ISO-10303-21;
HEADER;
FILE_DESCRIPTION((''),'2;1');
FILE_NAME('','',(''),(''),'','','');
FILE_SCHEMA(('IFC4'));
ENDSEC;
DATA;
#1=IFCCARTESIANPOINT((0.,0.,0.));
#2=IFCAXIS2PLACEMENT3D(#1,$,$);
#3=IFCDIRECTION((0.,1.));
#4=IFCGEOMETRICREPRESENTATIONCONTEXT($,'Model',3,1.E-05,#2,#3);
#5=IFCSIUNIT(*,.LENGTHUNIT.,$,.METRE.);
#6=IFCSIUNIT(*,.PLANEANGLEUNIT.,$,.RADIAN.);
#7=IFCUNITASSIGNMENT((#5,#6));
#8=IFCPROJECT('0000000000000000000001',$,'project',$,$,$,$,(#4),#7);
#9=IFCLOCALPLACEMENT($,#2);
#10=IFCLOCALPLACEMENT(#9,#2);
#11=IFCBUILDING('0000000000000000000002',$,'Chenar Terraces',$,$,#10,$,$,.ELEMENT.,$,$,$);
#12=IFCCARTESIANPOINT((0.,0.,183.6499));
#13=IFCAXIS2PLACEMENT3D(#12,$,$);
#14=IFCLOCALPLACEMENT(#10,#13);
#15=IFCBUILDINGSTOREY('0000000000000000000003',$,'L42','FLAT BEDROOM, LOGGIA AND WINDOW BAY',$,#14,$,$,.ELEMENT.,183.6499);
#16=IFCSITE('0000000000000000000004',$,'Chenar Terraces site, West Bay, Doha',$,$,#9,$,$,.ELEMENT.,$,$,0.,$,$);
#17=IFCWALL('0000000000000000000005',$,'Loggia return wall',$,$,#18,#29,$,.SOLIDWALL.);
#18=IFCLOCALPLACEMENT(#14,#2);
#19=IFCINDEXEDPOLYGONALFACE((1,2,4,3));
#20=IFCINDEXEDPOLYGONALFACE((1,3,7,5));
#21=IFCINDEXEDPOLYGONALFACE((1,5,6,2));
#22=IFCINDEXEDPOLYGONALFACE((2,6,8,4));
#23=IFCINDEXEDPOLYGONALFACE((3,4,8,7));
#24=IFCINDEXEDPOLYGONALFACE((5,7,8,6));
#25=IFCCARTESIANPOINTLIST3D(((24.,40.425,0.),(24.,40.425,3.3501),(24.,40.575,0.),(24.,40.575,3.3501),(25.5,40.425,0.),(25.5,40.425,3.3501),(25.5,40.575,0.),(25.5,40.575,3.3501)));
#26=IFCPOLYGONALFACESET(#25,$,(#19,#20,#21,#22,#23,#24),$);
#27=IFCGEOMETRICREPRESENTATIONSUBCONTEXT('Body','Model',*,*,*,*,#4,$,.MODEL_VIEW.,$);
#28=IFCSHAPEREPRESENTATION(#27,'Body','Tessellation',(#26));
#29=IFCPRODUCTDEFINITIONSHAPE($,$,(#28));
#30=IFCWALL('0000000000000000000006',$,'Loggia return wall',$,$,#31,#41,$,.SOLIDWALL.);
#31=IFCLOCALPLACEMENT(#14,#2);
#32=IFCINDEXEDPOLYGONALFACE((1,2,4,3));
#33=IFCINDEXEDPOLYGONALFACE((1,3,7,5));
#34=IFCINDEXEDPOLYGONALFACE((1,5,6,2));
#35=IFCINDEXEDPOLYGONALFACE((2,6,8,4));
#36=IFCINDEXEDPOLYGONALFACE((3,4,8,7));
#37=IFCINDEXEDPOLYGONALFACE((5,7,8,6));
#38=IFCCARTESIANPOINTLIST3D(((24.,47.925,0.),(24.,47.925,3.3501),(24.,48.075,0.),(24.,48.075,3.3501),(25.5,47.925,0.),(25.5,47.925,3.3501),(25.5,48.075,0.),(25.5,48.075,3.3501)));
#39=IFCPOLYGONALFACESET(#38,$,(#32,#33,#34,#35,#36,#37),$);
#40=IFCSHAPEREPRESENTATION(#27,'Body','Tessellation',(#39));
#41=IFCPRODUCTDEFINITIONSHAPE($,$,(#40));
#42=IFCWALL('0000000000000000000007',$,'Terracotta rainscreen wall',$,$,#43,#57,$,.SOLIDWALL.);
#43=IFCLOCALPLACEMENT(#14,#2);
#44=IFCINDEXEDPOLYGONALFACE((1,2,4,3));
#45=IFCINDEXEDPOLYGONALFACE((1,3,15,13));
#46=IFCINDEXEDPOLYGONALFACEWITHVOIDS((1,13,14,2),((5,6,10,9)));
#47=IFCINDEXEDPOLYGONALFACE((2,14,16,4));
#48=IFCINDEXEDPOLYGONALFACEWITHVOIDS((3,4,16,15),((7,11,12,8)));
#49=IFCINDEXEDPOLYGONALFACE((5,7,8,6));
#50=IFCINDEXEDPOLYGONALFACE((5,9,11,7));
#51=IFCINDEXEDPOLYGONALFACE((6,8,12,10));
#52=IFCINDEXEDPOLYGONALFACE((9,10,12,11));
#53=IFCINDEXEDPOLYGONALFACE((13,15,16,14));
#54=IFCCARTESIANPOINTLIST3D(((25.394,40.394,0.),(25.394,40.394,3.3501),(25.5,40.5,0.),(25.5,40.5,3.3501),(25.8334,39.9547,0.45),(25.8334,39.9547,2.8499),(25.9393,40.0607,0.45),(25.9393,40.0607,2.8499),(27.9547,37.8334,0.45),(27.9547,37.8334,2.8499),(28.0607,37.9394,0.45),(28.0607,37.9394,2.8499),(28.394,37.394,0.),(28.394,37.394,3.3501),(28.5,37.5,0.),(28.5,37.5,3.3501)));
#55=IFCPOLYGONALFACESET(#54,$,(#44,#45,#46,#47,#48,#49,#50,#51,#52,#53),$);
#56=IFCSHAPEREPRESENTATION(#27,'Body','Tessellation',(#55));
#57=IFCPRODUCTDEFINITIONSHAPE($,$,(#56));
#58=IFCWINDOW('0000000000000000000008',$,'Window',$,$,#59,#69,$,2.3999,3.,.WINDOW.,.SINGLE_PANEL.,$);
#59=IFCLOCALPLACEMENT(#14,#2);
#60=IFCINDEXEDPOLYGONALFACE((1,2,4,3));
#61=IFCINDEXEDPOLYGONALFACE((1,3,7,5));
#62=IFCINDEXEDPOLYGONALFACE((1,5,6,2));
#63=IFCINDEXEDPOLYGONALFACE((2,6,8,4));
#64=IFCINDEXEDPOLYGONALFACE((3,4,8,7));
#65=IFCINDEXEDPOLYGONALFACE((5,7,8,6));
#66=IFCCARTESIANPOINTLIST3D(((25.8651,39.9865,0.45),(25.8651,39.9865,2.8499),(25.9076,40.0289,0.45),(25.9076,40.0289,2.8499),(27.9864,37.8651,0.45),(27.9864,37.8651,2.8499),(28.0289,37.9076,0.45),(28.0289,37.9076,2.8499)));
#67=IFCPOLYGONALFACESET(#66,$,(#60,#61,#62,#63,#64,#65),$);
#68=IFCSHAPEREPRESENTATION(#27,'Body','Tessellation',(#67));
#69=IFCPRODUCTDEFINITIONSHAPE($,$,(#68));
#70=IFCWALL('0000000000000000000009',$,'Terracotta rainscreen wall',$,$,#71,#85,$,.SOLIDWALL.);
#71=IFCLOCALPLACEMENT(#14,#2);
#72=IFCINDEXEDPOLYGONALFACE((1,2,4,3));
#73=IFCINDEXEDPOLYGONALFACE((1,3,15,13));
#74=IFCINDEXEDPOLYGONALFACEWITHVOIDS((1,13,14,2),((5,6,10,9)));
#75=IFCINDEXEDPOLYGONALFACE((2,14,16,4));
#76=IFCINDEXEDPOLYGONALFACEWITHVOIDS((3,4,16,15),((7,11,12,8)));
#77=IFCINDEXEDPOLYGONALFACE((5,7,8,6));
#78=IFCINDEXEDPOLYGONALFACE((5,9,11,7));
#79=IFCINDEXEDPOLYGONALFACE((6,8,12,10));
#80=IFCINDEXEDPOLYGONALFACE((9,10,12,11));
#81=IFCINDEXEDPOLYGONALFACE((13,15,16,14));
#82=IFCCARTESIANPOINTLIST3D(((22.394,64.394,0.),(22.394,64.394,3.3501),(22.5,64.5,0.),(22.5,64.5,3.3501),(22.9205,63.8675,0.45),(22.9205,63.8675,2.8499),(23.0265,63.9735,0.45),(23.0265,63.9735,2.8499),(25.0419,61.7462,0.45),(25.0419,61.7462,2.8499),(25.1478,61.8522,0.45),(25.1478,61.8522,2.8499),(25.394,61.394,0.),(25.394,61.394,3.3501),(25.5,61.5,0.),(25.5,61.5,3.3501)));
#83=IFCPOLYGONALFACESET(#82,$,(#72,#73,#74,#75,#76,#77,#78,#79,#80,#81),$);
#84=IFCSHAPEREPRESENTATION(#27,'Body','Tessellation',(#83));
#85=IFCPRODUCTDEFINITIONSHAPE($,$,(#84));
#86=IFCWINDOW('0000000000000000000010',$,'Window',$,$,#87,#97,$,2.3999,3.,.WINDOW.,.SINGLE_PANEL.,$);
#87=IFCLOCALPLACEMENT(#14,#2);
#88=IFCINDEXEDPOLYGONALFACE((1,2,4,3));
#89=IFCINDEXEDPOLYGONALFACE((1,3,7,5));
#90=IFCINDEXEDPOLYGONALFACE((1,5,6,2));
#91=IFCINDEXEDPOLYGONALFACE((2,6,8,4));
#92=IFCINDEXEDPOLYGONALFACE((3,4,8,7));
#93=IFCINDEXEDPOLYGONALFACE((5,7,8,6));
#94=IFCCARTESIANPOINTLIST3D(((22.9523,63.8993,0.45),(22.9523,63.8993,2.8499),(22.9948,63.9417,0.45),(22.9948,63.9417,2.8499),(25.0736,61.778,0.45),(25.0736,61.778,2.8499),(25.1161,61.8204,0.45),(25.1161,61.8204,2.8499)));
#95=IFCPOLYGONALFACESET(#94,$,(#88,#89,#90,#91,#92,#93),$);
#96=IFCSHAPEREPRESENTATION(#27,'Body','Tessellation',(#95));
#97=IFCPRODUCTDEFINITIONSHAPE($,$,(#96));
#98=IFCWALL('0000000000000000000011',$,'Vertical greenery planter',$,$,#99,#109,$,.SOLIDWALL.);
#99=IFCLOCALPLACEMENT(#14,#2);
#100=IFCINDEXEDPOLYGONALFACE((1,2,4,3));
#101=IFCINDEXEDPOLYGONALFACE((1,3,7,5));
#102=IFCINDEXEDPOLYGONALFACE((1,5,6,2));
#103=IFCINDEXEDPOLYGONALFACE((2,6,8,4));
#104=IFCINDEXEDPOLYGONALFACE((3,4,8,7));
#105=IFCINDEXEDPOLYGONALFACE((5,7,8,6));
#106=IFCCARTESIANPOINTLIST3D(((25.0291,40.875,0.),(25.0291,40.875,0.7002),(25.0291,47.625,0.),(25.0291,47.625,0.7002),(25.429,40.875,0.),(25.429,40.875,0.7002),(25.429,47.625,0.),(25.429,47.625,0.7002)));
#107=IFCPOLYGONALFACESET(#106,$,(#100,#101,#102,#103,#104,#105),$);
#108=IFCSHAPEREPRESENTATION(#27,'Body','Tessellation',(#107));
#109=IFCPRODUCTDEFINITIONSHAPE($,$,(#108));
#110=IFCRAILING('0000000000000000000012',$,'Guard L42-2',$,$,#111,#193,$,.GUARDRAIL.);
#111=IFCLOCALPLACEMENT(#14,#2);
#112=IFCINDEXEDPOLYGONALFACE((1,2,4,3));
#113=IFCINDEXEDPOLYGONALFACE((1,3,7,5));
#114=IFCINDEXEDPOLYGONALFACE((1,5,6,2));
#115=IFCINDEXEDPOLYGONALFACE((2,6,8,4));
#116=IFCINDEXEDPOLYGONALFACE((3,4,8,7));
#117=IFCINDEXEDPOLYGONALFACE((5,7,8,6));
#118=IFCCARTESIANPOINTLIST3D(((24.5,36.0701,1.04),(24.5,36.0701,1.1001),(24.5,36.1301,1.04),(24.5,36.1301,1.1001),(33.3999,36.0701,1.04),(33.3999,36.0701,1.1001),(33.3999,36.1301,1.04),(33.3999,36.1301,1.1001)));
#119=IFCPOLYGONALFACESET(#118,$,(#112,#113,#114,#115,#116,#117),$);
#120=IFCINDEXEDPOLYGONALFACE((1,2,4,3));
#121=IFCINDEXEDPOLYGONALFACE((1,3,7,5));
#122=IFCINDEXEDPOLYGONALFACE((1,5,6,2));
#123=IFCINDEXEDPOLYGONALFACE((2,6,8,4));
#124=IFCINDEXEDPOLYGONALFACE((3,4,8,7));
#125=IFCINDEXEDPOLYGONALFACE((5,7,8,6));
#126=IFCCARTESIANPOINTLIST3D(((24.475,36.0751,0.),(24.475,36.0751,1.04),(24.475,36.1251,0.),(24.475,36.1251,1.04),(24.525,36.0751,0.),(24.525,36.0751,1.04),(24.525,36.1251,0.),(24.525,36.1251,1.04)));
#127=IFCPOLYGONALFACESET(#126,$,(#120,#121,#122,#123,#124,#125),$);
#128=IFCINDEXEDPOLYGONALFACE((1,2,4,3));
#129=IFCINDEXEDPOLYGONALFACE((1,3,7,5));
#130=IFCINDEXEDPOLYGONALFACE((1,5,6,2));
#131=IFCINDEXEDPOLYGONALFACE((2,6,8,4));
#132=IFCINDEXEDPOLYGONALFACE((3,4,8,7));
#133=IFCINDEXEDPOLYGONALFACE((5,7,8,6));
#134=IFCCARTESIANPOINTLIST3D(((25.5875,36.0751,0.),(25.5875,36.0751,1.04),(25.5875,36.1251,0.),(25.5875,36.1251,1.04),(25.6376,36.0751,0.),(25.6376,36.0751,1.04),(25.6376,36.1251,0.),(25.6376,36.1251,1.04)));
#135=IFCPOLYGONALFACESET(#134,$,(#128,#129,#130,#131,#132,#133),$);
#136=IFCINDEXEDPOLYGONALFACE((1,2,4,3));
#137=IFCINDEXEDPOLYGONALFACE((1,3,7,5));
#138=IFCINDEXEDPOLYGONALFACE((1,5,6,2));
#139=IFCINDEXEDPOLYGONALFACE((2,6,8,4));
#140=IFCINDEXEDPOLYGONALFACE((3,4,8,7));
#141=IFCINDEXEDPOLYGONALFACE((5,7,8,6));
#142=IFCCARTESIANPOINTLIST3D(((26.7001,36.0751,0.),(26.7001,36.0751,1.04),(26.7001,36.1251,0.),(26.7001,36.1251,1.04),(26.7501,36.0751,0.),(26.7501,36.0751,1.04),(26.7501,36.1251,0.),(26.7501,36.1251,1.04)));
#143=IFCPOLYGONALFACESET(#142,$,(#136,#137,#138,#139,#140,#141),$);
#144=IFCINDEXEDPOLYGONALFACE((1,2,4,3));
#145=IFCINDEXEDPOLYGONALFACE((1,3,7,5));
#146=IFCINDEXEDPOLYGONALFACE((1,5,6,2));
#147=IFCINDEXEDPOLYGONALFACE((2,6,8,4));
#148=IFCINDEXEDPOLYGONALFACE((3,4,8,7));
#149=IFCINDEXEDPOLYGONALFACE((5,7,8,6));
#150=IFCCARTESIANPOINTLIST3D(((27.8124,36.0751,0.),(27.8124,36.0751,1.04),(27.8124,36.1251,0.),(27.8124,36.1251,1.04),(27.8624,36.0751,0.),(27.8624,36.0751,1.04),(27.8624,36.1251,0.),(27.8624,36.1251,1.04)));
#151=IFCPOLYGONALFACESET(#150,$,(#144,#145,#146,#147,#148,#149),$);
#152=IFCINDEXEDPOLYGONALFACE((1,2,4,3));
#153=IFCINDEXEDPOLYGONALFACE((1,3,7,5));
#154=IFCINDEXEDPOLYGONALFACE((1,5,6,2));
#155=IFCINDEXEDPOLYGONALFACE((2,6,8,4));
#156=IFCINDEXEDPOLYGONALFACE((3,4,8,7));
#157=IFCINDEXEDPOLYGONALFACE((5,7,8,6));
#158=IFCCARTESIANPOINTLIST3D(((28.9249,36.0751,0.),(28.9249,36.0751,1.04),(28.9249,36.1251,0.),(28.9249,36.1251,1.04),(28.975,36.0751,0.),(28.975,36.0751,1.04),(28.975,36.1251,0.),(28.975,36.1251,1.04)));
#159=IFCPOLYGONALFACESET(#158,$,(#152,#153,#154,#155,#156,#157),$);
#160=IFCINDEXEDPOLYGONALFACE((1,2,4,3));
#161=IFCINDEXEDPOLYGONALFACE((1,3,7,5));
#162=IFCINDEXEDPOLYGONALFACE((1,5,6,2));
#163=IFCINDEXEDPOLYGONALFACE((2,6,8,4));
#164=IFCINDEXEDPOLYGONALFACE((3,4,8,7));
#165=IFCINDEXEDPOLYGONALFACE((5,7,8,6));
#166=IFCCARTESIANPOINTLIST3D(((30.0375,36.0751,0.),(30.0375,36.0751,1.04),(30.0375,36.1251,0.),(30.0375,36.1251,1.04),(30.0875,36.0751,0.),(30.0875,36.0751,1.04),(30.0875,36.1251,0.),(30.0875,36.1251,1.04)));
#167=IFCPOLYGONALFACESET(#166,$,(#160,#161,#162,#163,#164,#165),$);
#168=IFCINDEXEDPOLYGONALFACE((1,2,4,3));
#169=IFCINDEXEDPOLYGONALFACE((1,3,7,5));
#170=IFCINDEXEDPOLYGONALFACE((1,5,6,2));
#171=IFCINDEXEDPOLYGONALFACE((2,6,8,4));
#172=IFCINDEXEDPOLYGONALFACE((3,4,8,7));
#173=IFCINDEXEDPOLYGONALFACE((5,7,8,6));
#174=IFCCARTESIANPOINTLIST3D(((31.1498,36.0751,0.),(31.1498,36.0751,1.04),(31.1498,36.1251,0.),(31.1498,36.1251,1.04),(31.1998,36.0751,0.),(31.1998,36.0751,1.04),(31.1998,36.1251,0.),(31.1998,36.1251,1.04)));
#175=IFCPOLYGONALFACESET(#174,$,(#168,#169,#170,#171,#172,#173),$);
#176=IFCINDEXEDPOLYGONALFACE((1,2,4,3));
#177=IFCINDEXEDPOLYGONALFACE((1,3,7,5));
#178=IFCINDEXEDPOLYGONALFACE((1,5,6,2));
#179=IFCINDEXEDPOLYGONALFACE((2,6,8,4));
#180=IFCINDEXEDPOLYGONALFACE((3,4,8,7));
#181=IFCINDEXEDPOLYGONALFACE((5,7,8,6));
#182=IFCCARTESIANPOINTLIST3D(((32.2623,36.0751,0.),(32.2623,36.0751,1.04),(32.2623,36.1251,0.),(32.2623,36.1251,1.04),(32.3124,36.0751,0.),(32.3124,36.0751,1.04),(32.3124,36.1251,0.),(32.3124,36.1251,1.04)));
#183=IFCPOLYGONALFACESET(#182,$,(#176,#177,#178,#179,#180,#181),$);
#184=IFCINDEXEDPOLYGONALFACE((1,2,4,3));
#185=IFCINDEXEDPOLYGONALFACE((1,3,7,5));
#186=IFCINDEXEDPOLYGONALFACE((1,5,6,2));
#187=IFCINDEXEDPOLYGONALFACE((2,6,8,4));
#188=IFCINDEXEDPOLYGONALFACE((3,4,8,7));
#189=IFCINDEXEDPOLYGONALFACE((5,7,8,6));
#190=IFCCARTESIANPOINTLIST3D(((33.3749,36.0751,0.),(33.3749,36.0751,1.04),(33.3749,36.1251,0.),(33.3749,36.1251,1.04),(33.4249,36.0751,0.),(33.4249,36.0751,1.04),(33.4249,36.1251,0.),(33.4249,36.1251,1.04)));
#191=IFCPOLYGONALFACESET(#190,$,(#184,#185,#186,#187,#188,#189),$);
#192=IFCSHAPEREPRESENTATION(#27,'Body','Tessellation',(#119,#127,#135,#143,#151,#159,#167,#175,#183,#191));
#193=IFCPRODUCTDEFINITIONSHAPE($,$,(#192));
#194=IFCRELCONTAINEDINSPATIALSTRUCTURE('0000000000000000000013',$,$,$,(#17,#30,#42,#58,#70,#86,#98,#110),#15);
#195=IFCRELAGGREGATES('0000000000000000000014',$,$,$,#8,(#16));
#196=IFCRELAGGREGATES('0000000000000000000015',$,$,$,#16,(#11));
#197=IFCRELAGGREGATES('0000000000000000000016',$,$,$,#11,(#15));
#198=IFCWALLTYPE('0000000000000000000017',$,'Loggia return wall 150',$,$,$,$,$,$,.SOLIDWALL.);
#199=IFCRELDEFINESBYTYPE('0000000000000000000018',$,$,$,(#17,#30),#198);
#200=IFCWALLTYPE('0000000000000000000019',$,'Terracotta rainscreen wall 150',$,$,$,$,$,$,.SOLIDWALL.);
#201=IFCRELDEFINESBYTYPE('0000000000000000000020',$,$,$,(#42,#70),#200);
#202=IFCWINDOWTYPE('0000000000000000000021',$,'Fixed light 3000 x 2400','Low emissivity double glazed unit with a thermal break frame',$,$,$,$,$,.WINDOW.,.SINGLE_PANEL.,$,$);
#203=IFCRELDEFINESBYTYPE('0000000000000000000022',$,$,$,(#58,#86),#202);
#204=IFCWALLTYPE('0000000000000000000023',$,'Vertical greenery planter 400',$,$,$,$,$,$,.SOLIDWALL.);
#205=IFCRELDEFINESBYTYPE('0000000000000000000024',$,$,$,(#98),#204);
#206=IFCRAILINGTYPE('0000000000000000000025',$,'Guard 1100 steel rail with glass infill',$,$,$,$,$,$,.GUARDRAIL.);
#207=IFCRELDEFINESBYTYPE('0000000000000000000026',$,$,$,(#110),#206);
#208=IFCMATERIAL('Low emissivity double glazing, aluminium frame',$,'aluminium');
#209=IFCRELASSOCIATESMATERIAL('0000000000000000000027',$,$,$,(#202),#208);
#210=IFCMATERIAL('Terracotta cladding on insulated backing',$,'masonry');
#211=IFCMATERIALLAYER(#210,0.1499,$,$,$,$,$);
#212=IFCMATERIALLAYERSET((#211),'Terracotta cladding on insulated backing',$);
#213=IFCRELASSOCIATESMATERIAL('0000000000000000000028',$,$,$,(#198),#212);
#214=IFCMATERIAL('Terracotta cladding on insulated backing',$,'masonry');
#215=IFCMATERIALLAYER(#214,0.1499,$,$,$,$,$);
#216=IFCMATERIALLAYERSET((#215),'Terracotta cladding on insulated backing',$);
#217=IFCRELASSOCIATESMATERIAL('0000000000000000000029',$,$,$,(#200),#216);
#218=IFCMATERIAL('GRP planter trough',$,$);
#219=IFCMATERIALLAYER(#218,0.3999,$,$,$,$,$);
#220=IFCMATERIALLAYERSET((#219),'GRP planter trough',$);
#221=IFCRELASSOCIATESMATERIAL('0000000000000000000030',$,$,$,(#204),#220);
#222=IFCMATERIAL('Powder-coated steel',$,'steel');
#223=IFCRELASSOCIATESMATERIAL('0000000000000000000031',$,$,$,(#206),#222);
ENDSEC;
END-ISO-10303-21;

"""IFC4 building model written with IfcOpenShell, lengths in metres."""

from ifc_helpers import new_model, si_unit, direction, frame, frame_2d, origin, origin_2d, place, context, subcontext, project, spatial, rectangle, extrude, material, layer, layer_set, type_object, element, fill, save


model = new_model("IFC4")

# Units and contexts
model_context = context("Model", 3, precision=1e-05, world=origin(), true_north=direction((0.0, 1.0)))
body_context = subcontext(model_context, "Body", "Model", "MODEL_VIEW")
ifc_project = project(units=[si_unit("LENGTHUNIT", "METRE"), si_unit("PLANEANGLEUNIT", "RADIAN")], contexts=[model_context])

# Site, building, storey
site_placement = place(None, origin())
site = spatial("IfcSite", under=ifc_project, at=site_placement, Name="Chenar Terraces site, West Bay, Doha", CompositionType="ELEMENT", RefElevation=0.0)
building_placement = place(site_placement, origin())
building = spatial("IfcBuilding", under=site, at=building_placement, Name="Chenar Terraces", CompositionType="ELEMENT")
storey_placement = place(building_placement, frame((0.0, 0.0, 183.6499)))
storey = spatial("IfcBuildingStorey", under=building, at=storey_placement, Name="L42", Description="FLAT BEDROOM, LOGGIA AND WINDOW BAY", CompositionType="ELEMENT", Elevation=183.6499)

# Shared definitions
ifc_material_1 = material(Name="Low emissivity double glazing, aluminium frame", Category="aluminium")
window_type_1 = type_object("IfcWindowType", Name="Fixed light 3000 x 2400", Description="Low emissivity double glazed unit with a thermal break frame", PartitioningType="SINGLE_PANEL", PredefinedType="WINDOW", material=ifc_material_1)

# Walls
ifc_material_2 = material(Name="Terracotta cladding on insulated backing", Category="masonry")
ifc_layer_1 = layer(ifc_material_2, 0.1499)
ifc_layer_set_1 = layer_set([ifc_layer_1], Name="Terracotta cladding on insulated backing")
wall_type_1 = type_object("IfcWallType", Name="Loggia return wall 150", PredefinedType="SOLIDWALL", material=ifc_layer_set_1)
for number, where, z_axis, x_axis, name in (
    (1, (25.5, 40.5, 0.0), (0.0, 0.0, 1.0), (-1.0, 0.0, 0.0), "Loggia return wall"),
    (2, (25.5, 48.0, 0.0), (0.0, 0.0, 1.0), (-1.0, 0.0, 0.0), "Loggia return wall"),
):
    element("IfcWall", number, at=place(storey_placement, frame(where, z_axis=z_axis, x_axis=x_axis)), inside=storey, type_object=wall_type_1, Name=name, PredefinedType="SOLIDWALL", context=body_context, shape_type="SweptSolid", body=[
        extrude(rectangle(XDim=1.5, YDim=0.1499, at=frame_2d((0.75, 0.0))), origin(), (0.0, 0.0, 1.0), 3.3501),
    ])

# Walls, openings, windows
ifc_material_3 = material(Name="Terracotta cladding on insulated backing", Category="masonry")
ifc_layer_2 = layer(ifc_material_3, 0.1499)
ifc_layer_set_2 = layer_set([ifc_layer_2], Name="Terracotta cladding on insulated backing")
wall_type_2 = type_object("IfcWallType", Name="Terracotta rainscreen wall 150", PredefinedType="SOLIDWALL", material=ifc_layer_set_2)
wall_1_placement = place(storey_placement, frame((28.447, 37.447, 0.0), z_axis=(0.0, 0.0, 1.0), x_axis=(-0.707107, 0.707107, 0.0)))
wall_1 = element("IfcWall", 3, at=wall_1_placement, inside=storey, type_object=wall_type_2, Name="Terracotta rainscreen wall", PredefinedType="SOLIDWALL", context=body_context, shape_type="SweptSolid", body=[
    extrude(rectangle(XDim=4.2427, YDim=0.1499, at=frame_2d((2.1213, 0.0))), origin(), (0.0, 0.0, 1.0), 3.3501),
])
opening_1_placement = place(wall_1_placement, frame((0.6213, 0.0, 0.45)))
opening_1 = element("IfcOpeningElement", 4, at=opening_1_placement, cuts=wall_1, PredefinedType="OPENING", context=body_context, shape_type="SweptSolid", body=[
    extrude(rectangle(XDim=3.0, YDim=2.3999, at=frame_2d((1.5, 1.2))), frame((0.0, 0.085, 0.0), z_axis=(0.0, -1.0, 0.0), x_axis=(1.0, 0.0, 0.0)), (0.0, 0.0, 1.0), 0.1699),
])
window_1_placement = place(opening_1_placement, origin())
window_1 = element("IfcWindow", 5, at=window_1_placement, inside=storey, type_object=window_type_1, Name="Window", OverallHeight=2.3999, OverallWidth=3.0, PartitioningType="SINGLE_PANEL", PredefinedType="WINDOW", context=body_context, shape_type="SweptSolid", body=[
    extrude(rectangle(XDim=3.0, YDim=2.3999, at=frame_2d((1.5, 1.2))), frame((0.0, 0.03, 0.0), z_axis=(0.0, -1.0, 0.0), x_axis=(1.0, 0.0, 0.0)), (0.0, 0.0, 1.0), 0.0601),
])
fill(opening_1, window_1)
wall_2_placement = place(storey_placement, frame((25.447, 61.447, 0.0), z_axis=(0.0, 0.0, 1.0), x_axis=(-0.707107, 0.707107, 0.0)))
wall_2 = element("IfcWall", 6, at=wall_2_placement, inside=storey, type_object=wall_type_2, Name="Terracotta rainscreen wall", PredefinedType="SOLIDWALL", context=body_context, shape_type="SweptSolid", body=[
    extrude(rectangle(XDim=4.2427, YDim=0.1499, at=frame_2d((2.1213, 0.0))), origin(), (0.0, 0.0, 1.0), 3.3501),
])
opening_2_placement = place(wall_2_placement, frame((0.498, 0.0, 0.45)))
opening_2 = element("IfcOpeningElement", 7, at=opening_2_placement, cuts=wall_2, PredefinedType="OPENING", context=body_context, shape_type="SweptSolid", body=[
    extrude(rectangle(XDim=3.0, YDim=2.3999, at=frame_2d((1.5, 1.2))), frame((0.0, 0.085, 0.0), z_axis=(0.0, -1.0, 0.0), x_axis=(1.0, 0.0, 0.0)), (0.0, 0.0, 1.0), 0.1699),
])
window_2_placement = place(opening_2_placement, origin())
window_2 = element("IfcWindow", 8, at=window_2_placement, inside=storey, type_object=window_type_1, Name="Window", OverallHeight=2.3999, OverallWidth=3.0, PartitioningType="SINGLE_PANEL", PredefinedType="WINDOW", context=body_context, shape_type="SweptSolid", body=[
    extrude(rectangle(XDim=3.0, YDim=2.3999, at=frame_2d((1.5, 1.2))), frame((0.0, 0.03, 0.0), z_axis=(0.0, -1.0, 0.0), x_axis=(1.0, 0.0, 0.0)), (0.0, 0.0, 1.0), 0.0601),
])
fill(opening_2, window_2)

# Wall
ifc_material_4 = material(Name="GRP planter trough")
ifc_layer_3 = layer(ifc_material_4, 0.3999)
ifc_layer_set_3 = layer_set([ifc_layer_3], Name="GRP planter trough")
wall_type_3 = type_object("IfcWallType", Name="Vertical greenery planter 400", PredefinedType="SOLIDWALL", material=ifc_layer_set_3)
wall_3_placement = place(storey_placement, frame((25.229, 40.875, 0.0), z_axis=(0.0, 0.0, 1.0), x_axis=(0.0, 1.0, 0.0)))
element("IfcWall", 9, at=wall_3_placement, inside=storey, type_object=wall_type_3, Name="Vertical greenery planter", PredefinedType="SOLIDWALL", context=body_context, shape_type="SweptSolid", body=[
    extrude(rectangle(XDim=6.75, YDim=0.3999, at=frame_2d((3.375, 0.0))), origin(), (0.0, 0.0, 1.0), 0.7002),
])

# Railing
ifc_material_5 = material(Name="Powder-coated steel", Category="steel")
railing_type_1 = type_object("IfcRailingType", Name="Guard 1100 steel rail with glass infill", PredefinedType="GUARDRAIL", material=ifc_material_5)
railing_1_placement = place(storey_placement, frame((24.5, 36.1001, 0.0)))
element("IfcRailing", 10, at=railing_1_placement, inside=storey, type_object=railing_type_1, Name="Guard L42-2", PredefinedType="GUARDRAIL", context=body_context, shape_type="SweptSolid", body=[
    extrude(rectangle(XDim=0.0601, YDim=0.0601, at=origin_2d()), frame((0.0, 0.0, 1.0701), z_axis=(1.0, 0.0, 0.0), x_axis=(0.0, 1.0, 0.0)), (0.0, 0.0, 1.0), 8.8999),
    extrude(rectangle(XDim=0.05, YDim=0.05, at=origin_2d()), origin(), (0.0, 0.0, 1.0), 1.04),
    extrude(rectangle(XDim=0.05, YDim=0.05, at=origin_2d()), frame((1.1125, 0.0, 0.0)), (0.0, 0.0, 1.0), 1.04),
    extrude(rectangle(XDim=0.05, YDim=0.05, at=origin_2d()), frame((2.2251, 0.0, 0.0)), (0.0, 0.0, 1.0), 1.04),
    extrude(rectangle(XDim=0.05, YDim=0.05, at=origin_2d()), frame((3.3374, 0.0, 0.0)), (0.0, 0.0, 1.0), 1.04),
    extrude(rectangle(XDim=0.05, YDim=0.05, at=origin_2d()), frame((4.45, 0.0, 0.0)), (0.0, 0.0, 1.0), 1.04),
    extrude(rectangle(XDim=0.05, YDim=0.05, at=origin_2d()), frame((5.5625, 0.0, 0.0)), (0.0, 0.0, 1.0), 1.04),
    extrude(rectangle(XDim=0.05, YDim=0.05, at=origin_2d()), frame((6.6748, 0.0, 0.0)), (0.0, 0.0, 1.0), 1.04),
    extrude(rectangle(XDim=0.05, YDim=0.05, at=origin_2d()), frame((7.7874, 0.0, 0.0)), (0.0, 0.0, 1.0), 1.04),
    extrude(rectangle(XDim=0.05, YDim=0.05, at=origin_2d()), frame((8.8999, 0.0, 0.0)), (0.0, 0.0, 1.0), 1.04),
])

save(model, "model.ifc")
